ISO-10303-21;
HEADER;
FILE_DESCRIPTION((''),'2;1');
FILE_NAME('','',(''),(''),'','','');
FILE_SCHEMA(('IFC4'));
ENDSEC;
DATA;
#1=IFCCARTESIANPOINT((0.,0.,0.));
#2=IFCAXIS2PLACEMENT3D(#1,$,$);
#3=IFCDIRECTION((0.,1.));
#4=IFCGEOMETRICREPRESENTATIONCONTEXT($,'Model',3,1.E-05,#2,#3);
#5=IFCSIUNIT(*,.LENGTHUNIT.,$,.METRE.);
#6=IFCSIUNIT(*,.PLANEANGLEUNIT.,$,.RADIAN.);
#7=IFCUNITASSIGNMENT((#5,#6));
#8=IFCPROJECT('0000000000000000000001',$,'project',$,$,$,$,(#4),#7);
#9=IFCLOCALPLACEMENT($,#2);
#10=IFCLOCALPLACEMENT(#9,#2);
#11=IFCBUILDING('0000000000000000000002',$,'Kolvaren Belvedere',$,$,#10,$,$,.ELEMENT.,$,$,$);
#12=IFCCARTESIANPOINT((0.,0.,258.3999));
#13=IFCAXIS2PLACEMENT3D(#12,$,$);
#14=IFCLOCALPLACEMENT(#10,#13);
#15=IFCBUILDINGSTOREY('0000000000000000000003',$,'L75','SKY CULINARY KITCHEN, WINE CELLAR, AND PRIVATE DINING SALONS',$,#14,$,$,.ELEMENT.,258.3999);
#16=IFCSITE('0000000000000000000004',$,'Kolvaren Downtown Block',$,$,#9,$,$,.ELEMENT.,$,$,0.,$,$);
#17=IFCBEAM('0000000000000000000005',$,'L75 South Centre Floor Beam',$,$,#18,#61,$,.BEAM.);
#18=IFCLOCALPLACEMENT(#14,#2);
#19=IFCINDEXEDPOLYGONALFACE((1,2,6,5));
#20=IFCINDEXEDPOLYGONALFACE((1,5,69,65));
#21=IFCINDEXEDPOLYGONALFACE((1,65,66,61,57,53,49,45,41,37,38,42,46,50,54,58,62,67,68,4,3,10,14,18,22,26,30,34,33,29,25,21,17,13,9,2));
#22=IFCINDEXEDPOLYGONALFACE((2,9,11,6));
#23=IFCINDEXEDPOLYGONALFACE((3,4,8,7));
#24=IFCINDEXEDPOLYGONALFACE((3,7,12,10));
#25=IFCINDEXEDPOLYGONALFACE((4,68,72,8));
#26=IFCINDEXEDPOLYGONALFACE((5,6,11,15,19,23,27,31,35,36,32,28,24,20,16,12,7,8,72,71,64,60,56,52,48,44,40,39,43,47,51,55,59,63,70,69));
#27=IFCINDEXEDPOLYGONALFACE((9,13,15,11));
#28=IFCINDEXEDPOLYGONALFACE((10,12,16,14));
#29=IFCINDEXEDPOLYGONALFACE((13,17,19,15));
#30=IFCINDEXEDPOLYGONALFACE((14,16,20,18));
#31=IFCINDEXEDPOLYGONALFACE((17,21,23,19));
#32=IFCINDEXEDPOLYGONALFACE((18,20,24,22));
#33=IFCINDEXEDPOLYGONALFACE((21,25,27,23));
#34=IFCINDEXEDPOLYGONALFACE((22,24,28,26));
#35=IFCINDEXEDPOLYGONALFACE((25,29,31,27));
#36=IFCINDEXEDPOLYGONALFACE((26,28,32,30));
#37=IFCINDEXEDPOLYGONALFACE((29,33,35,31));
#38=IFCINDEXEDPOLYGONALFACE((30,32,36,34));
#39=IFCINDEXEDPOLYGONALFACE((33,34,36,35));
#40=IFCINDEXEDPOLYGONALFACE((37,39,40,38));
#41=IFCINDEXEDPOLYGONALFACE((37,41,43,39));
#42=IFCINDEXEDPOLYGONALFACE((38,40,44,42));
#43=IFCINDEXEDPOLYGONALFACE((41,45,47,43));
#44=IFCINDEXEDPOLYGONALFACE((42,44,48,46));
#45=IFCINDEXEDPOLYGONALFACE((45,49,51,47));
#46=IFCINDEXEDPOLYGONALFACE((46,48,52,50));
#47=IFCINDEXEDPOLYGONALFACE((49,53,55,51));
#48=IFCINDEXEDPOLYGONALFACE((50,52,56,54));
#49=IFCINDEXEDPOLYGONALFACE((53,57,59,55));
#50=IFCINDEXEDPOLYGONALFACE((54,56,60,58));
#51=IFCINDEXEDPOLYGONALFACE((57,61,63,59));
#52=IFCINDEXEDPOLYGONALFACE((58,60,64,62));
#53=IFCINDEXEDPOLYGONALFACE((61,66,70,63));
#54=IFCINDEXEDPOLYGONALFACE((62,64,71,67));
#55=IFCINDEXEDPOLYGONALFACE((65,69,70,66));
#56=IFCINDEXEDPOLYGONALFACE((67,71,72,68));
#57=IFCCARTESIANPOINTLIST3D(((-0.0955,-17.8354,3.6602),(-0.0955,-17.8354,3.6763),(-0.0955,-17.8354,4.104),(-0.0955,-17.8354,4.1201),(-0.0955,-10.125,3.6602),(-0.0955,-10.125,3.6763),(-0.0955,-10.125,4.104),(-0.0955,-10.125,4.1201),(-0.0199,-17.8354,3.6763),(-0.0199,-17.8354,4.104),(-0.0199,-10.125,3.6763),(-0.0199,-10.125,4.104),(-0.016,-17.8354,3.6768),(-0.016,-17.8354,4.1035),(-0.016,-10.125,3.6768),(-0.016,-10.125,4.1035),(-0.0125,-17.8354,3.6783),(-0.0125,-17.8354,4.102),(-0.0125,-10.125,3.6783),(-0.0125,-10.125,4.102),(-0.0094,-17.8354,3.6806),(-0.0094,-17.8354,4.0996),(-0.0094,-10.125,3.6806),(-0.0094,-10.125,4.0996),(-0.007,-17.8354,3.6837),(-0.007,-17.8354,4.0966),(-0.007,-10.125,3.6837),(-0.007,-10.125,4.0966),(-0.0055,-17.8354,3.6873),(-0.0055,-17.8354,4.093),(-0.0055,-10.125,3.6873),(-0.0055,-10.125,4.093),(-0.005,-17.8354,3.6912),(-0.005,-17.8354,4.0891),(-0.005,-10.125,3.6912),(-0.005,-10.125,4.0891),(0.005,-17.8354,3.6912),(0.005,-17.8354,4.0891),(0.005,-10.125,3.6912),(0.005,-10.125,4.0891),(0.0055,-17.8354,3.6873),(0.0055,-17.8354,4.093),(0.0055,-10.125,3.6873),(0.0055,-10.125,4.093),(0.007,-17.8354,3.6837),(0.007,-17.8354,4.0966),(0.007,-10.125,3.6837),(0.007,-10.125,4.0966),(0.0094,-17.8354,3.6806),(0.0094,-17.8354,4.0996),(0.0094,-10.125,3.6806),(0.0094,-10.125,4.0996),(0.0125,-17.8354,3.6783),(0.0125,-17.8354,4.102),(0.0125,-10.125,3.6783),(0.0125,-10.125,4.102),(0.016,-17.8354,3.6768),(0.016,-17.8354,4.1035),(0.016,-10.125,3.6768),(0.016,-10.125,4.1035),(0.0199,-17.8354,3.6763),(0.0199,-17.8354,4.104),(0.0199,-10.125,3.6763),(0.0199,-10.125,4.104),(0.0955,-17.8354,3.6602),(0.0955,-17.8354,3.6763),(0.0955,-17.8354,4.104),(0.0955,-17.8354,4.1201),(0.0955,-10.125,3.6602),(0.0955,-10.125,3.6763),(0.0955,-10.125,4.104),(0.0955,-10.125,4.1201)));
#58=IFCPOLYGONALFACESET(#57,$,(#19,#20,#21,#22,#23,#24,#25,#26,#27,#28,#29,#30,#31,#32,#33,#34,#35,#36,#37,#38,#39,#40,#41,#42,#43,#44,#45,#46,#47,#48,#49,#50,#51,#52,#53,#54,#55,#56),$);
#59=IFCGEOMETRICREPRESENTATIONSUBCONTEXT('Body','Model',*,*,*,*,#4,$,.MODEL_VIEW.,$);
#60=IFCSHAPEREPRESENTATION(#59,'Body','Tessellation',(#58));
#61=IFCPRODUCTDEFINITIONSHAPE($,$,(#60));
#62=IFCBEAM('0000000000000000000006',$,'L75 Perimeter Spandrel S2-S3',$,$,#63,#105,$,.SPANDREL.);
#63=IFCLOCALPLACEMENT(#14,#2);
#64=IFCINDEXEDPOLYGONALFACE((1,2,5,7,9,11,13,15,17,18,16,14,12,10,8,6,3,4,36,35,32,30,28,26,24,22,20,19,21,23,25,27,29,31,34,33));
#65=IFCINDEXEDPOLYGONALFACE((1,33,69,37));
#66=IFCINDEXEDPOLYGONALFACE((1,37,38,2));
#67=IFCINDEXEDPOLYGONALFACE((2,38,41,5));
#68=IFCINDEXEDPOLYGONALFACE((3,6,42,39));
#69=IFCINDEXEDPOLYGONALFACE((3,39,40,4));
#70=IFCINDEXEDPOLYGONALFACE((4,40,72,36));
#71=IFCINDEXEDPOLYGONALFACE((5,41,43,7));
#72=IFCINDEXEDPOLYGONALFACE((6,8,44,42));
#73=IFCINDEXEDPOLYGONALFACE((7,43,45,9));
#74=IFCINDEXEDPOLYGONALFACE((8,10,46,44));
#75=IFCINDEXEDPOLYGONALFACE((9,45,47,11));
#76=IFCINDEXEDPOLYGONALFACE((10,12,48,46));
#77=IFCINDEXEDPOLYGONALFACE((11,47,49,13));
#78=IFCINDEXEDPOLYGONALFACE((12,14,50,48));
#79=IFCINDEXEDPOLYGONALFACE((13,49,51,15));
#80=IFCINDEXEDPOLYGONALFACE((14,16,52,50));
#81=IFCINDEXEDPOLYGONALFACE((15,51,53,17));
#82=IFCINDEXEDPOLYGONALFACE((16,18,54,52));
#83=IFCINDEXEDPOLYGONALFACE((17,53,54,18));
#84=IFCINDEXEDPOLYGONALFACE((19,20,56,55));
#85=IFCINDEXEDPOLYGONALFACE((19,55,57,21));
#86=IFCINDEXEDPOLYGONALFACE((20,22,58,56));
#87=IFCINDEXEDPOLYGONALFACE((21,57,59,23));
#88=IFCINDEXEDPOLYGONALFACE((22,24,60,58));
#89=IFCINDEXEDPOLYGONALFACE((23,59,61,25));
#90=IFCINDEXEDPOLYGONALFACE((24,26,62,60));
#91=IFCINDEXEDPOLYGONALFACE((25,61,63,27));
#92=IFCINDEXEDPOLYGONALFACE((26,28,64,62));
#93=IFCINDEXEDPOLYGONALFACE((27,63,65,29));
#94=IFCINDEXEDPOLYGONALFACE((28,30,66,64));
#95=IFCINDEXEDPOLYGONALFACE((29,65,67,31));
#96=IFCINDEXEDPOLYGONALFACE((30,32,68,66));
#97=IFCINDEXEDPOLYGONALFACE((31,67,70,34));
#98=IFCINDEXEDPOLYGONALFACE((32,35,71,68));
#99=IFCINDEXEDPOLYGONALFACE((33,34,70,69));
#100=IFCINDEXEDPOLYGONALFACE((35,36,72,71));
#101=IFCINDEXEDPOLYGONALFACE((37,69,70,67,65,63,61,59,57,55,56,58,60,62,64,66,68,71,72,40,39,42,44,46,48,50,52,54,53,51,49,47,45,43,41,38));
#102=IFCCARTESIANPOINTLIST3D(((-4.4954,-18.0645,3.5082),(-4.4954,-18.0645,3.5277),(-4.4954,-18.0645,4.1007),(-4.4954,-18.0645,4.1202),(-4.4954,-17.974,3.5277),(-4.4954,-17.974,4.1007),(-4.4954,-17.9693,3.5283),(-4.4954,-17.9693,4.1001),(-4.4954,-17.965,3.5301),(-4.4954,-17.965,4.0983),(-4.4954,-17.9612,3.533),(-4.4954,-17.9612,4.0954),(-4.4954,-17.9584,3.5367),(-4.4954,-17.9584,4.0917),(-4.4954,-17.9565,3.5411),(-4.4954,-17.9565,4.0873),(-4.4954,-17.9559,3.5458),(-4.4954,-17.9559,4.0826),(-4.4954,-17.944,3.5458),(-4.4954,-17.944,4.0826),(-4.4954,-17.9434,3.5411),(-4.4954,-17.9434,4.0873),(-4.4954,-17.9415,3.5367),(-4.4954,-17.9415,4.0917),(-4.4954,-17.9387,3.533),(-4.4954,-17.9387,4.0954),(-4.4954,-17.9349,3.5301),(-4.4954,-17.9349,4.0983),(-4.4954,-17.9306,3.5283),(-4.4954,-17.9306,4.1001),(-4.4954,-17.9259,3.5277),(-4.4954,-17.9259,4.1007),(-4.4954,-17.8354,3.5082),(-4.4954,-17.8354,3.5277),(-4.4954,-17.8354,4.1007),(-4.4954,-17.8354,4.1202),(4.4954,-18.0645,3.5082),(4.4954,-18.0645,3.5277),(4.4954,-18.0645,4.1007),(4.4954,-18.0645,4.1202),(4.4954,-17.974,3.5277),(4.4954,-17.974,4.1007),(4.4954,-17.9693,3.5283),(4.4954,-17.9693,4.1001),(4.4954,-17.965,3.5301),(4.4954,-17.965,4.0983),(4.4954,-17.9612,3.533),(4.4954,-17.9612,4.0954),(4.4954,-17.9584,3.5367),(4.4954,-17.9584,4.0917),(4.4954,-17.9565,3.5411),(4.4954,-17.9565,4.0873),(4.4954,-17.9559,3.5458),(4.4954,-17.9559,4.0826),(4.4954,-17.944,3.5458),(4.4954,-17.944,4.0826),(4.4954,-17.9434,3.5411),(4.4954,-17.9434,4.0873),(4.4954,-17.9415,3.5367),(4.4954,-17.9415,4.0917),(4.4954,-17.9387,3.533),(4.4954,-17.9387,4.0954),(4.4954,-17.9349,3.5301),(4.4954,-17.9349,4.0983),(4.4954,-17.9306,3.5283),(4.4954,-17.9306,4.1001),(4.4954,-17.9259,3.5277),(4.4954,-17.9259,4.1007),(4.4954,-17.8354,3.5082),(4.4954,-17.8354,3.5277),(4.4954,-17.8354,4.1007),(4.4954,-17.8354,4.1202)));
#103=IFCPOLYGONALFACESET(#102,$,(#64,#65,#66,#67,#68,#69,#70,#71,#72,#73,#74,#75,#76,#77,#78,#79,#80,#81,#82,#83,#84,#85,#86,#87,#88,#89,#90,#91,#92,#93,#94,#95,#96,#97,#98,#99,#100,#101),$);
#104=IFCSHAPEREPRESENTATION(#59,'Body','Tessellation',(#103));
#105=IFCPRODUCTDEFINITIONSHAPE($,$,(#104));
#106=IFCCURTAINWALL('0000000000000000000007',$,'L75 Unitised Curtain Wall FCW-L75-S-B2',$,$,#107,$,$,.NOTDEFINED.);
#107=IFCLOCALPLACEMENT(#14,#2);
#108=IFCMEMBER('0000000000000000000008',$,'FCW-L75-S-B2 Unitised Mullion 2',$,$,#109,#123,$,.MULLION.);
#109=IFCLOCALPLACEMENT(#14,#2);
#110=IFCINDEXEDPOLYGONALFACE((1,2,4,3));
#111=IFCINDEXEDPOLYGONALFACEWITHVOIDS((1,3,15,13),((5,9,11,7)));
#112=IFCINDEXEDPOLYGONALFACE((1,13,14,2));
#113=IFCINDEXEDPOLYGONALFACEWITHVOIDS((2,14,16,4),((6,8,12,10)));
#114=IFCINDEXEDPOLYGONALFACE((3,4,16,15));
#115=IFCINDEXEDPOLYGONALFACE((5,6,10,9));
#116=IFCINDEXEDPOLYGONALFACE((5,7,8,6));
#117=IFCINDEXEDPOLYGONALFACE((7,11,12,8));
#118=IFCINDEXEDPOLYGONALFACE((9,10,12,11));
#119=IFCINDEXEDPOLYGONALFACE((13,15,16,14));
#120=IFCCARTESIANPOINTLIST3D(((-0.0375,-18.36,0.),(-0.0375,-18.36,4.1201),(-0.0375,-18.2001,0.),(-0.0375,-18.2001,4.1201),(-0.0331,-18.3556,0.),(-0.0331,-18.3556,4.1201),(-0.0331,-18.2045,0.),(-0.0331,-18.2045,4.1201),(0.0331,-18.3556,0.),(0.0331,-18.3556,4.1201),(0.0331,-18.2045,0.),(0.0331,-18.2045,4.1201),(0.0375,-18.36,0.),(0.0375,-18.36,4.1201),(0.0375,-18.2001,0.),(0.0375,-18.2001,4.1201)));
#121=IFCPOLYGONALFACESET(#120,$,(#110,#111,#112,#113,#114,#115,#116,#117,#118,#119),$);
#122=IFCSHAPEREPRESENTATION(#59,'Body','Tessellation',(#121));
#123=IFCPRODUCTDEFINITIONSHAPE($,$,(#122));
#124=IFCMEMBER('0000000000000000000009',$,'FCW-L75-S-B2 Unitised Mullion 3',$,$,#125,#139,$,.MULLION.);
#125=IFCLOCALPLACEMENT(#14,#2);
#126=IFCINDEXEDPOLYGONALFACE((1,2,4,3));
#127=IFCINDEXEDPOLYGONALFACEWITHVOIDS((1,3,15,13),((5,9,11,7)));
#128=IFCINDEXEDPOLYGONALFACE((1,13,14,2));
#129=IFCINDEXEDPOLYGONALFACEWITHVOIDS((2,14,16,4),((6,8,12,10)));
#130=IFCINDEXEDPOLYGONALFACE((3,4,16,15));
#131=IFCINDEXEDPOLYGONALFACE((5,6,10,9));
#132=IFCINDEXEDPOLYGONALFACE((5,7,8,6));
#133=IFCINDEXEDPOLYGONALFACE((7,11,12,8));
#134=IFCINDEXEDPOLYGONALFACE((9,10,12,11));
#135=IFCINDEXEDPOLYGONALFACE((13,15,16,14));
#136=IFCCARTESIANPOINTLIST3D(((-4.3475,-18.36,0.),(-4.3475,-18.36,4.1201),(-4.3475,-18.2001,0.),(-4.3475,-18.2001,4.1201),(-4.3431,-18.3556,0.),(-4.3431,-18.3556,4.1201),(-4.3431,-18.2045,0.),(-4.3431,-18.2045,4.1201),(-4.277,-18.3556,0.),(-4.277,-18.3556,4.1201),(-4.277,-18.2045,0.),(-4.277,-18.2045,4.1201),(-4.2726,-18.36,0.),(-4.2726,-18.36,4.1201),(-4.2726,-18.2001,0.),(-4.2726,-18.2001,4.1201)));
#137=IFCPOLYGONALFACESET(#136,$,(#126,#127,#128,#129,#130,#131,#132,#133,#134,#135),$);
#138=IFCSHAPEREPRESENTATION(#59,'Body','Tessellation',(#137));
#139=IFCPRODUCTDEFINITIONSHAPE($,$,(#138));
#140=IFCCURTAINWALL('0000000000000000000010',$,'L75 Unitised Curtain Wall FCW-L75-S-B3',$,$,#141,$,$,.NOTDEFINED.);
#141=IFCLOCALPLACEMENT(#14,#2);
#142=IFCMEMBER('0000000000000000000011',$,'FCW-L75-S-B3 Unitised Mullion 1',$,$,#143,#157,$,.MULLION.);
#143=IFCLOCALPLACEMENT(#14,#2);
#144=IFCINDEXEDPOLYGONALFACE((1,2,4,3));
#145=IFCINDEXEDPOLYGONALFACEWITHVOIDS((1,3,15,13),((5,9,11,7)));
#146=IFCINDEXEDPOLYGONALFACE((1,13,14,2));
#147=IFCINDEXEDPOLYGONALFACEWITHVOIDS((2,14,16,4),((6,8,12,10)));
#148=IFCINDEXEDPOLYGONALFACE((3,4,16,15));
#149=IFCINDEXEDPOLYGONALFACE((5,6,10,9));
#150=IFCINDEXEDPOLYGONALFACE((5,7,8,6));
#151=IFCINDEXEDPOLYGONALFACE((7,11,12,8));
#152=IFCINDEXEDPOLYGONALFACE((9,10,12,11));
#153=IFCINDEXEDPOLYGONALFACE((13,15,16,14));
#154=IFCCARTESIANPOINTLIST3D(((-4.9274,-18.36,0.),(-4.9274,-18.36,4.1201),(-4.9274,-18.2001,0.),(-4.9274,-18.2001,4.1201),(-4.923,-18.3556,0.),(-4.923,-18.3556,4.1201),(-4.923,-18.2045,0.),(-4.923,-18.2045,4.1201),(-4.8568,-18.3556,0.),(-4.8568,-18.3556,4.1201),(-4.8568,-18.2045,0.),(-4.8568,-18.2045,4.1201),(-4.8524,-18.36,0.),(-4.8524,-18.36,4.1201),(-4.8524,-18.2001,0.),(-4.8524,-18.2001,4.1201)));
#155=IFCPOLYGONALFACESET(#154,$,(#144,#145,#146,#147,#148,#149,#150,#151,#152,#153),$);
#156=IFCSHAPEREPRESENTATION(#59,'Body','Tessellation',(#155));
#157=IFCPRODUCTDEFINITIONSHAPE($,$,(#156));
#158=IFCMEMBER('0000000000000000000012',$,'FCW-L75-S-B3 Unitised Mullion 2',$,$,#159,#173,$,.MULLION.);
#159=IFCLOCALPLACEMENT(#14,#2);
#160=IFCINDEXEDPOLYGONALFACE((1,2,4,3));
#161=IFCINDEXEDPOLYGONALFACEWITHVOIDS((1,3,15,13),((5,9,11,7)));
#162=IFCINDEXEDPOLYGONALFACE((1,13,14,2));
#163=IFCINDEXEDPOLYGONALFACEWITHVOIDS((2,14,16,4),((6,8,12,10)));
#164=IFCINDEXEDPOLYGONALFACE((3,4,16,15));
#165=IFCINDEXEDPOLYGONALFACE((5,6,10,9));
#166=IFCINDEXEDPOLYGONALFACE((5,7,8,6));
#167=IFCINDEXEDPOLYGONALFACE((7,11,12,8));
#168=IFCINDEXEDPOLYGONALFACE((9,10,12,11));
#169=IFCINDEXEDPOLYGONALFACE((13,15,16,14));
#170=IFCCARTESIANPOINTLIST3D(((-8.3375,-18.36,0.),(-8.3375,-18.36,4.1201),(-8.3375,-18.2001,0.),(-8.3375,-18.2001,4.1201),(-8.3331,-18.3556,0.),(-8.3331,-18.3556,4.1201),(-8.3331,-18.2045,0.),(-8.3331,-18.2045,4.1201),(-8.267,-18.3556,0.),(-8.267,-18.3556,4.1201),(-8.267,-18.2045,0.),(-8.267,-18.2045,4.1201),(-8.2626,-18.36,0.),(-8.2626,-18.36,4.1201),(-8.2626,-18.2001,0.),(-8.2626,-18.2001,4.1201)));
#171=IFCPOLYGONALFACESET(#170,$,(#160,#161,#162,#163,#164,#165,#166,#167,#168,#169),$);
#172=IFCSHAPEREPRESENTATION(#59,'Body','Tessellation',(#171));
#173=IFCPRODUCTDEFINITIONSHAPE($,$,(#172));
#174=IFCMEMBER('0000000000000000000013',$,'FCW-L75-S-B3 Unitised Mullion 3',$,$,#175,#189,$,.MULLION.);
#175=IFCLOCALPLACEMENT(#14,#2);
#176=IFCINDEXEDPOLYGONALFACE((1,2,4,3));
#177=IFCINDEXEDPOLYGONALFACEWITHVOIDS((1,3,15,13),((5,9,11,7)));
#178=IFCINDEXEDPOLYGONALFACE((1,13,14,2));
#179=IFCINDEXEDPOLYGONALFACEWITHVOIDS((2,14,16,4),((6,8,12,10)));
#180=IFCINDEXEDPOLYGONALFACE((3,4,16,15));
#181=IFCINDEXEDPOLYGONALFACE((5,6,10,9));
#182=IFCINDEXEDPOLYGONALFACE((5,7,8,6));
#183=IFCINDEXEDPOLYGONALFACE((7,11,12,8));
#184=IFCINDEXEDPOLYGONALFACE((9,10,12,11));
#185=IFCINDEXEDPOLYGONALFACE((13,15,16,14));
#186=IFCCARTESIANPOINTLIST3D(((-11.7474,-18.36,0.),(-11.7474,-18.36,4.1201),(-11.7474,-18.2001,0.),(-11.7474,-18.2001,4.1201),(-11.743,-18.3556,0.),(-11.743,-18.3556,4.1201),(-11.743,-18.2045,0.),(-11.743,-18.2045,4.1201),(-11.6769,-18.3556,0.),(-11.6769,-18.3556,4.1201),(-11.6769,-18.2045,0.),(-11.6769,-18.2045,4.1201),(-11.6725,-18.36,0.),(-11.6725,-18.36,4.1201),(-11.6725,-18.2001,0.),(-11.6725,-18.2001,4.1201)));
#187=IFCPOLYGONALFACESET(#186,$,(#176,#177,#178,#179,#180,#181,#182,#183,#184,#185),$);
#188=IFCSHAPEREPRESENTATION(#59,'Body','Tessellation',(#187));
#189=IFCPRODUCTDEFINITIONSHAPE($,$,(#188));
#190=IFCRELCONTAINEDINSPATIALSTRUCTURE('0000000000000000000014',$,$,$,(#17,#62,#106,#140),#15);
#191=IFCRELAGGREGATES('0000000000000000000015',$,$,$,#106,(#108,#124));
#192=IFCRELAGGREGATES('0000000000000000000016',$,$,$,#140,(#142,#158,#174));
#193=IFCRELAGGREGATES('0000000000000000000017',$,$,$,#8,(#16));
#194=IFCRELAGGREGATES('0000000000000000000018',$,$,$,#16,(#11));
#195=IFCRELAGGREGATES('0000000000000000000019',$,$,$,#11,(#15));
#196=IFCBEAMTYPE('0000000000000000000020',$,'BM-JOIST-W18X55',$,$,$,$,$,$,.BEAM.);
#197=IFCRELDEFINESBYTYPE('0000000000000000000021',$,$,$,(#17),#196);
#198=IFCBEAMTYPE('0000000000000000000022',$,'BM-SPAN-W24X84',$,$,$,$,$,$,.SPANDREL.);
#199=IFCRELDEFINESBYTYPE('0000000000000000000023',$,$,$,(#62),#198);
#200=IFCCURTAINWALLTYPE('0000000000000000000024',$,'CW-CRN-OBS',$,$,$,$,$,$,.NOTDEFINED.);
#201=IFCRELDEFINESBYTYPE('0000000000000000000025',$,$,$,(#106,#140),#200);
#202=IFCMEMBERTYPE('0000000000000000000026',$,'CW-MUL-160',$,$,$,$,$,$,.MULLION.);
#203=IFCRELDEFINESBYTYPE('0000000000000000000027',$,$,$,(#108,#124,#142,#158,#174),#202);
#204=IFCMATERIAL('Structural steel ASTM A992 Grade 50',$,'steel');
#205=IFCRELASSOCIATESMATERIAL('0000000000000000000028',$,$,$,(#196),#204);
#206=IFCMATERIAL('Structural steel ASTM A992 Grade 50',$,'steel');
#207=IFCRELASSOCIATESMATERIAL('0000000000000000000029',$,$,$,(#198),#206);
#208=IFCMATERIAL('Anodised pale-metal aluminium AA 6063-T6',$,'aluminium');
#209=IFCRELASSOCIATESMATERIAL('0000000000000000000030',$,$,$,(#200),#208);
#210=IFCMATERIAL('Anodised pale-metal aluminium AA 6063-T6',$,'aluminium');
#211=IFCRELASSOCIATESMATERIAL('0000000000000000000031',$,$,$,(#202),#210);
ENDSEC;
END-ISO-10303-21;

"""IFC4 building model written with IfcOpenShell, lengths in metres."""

from ifc_helpers import new_model, si_unit, direction, frame, origin, origin_2d, place, context, subcontext, project, spatial, hollow_rectangle, i_section, extrude, material, material_profile, profile_set, type_object, element, aggregate, save


model = new_model("IFC4")

# Units and contexts
model_context = context("Model", 3, precision=1e-05, world=origin(), true_north=direction((0.0, 1.0)))
body_context = subcontext(model_context, "Body", "Model", "MODEL_VIEW")
ifc_project = project(units=[si_unit("LENGTHUNIT", "METRE"), si_unit("PLANEANGLEUNIT", "RADIAN")], contexts=[model_context])

# Site, building, storey
site_placement = place(None, origin())
site = spatial("IfcSite", under=ifc_project, at=site_placement, Name="Kolvaren Downtown Block", CompositionType="ELEMENT", RefElevation=0.0)
building_placement = place(site_placement, origin())
building = spatial("IfcBuilding", under=site, at=building_placement, Name="Kolvaren Belvedere", CompositionType="ELEMENT")
storey_placement = place(building_placement, frame((0.0, 0.0, 258.3999)))
storey = spatial("IfcBuildingStorey", under=building, at=storey_placement, Name="L75", Description="SKY CULINARY KITCHEN, WINE CELLAR, AND PRIVATE DINING SALONS", CompositionType="ELEMENT", Elevation=258.3999)

# Beams
ifc_material_1 = material(Name="Structural steel ASTM A992 Grade 50", Category="steel")
ifc_material_profile_1 = material_profile(ifc_material_1, i_section(OverallWidth=0.1909, OverallDepth=0.46, WebThickness=0.01, FlangeThickness=0.0161, FilletRadius=0.0149, at=origin_2d()), Name="W18X55")
ifc_profile_set_1 = profile_set([ifc_material_profile_1], Name="Structural steel ASTM A992 Grade 50")
beam_type_1 = type_object("IfcBeamType", Name="BM-JOIST-W18X55", PredefinedType="BEAM", material=ifc_profile_set_1)
beam_1_placement = place(storey_placement, frame((0.0, -10.125, 3.8901), z_axis=(0.0, -1.0, 0.0), x_axis=(1.0, 0.0, 0.0)))
element("IfcBeam", 1, at=beam_1_placement, inside=storey, type_object=beam_type_1, Name="L75 South Centre Floor Beam", PredefinedType="BEAM", context=body_context, shape_type="SweptSolid", body=[
    extrude(i_section(OverallWidth=0.1909, OverallDepth=0.46, WebThickness=0.01, FlangeThickness=0.0161, FilletRadius=0.0149, at=origin_2d()), origin(), (0.0, 0.0, 1.0), 7.7104),
])
ifc_material_2 = material(Name="Structural steel ASTM A992 Grade 50", Category="steel")
ifc_material_profile_2 = material_profile(ifc_material_2, i_section(OverallWidth=0.229, OverallDepth=0.6121, WebThickness=0.012, FlangeThickness=0.0195, FilletRadius=0.0181, at=origin_2d()), Name="W24X84")
ifc_profile_set_2 = profile_set([ifc_material_profile_2], Name="Structural steel ASTM A992 Grade 50")
beam_type_2 = type_object("IfcBeamType", Name="BM-SPAN-W24X84", PredefinedType="SPANDREL", material=ifc_profile_set_2)
beam_2_placement = place(storey_placement, frame((-4.4954, -17.95, 3.8142), z_axis=(1.0, 0.0, 0.0), x_axis=(0.0, 1.0, 0.0)))
element("IfcBeam", 2, at=beam_2_placement, inside=storey, type_object=beam_type_2, Name="L75 Perimeter Spandrel S2-S3", PredefinedType="SPANDREL", context=body_context, shape_type="SweptSolid", body=[
    extrude(i_section(OverallWidth=0.229, OverallDepth=0.6121, WebThickness=0.012, FlangeThickness=0.0195, FilletRadius=0.0181, at=origin_2d()), origin(), (0.0, 0.0, 1.0), 8.9907),
])

# Curtain walls, members
ifc_material_3 = material(Name="Anodised pale-metal aluminium AA 6063-T6", Category="aluminium")
curtain_wall_type = type_object("IfcCurtainWallType", Name="CW-CRN-OBS", PredefinedType="NOTDEFINED", material=ifc_material_3)
curtain_wall_1_placement = place(storey_placement, origin())
curtain_wall_1 = element("IfcCurtainWall", 3, at=curtain_wall_1_placement, inside=storey, type_object=curtain_wall_type, Name="L75 Unitised Curtain Wall FCW-L75-S-B2", PredefinedType="NOTDEFINED")
ifc_material_4 = material(Name="Anodised pale-metal aluminium AA 6063-T6", Category="aluminium")
ifc_material_profile_3 = material_profile(ifc_material_4, hollow_rectangle(XDim=0.075, YDim=0.1599, WallThickness=0.0044, at=origin_2d()), Name="ALU-MUL-160X75")
ifc_profile_set_3 = profile_set([ifc_material_profile_3], Name="Anodised pale-metal aluminium AA 6063-T6")
member_type_1 = type_object("IfcMemberType", Name="CW-MUL-160", PredefinedType="MULLION", material=ifc_profile_set_3)
member_1_placement = place(storey_placement, frame((0.0, -18.28, 0.0), z_axis=(0.0, 0.0, 1.0), x_axis=(1.0, 0.0, 0.0)))
member_1 = element("IfcMember", 4, at=member_1_placement, type_object=member_type_1, Name="FCW-L75-S-B2 Unitised Mullion 2", PredefinedType="MULLION", context=body_context, shape_type="SweptSolid", body=[
    extrude(hollow_rectangle(XDim=0.075, YDim=0.1599, WallThickness=0.0044, at=origin_2d()), origin(), (0.0, 0.0, 1.0), 4.1201),
])
member_2_placement = place(storey_placement, frame((-4.3101, -18.28, 0.0), z_axis=(0.0, 0.0, 1.0), x_axis=(1.0, 0.0, 0.0)))
member_2 = element("IfcMember", 5, at=member_2_placement, type_object=member_type_1, Name="FCW-L75-S-B2 Unitised Mullion 3", PredefinedType="MULLION", context=body_context, shape_type="SweptSolid", body=[
    extrude(hollow_rectangle(XDim=0.075, YDim=0.1599, WallThickness=0.0044, at=origin_2d()), origin(), (0.0, 0.0, 1.0), 4.1201),
])
curtain_wall_2_placement = place(storey_placement, origin())
curtain_wall_2 = element("IfcCurtainWall", 6, at=curtain_wall_2_placement, inside=storey, type_object=curtain_wall_type, Name="L75 Unitised Curtain Wall FCW-L75-S-B3", PredefinedType="NOTDEFINED")
member_3_placement = place(storey_placement, frame((-4.8899, -18.28, 0.0), z_axis=(0.0, 0.0, 1.0), x_axis=(1.0, 0.0, 0.0)))
member_3 = element("IfcMember", 7, at=member_3_placement, type_object=member_type_1, Name="FCW-L75-S-B3 Unitised Mullion 1", PredefinedType="MULLION", context=body_context, shape_type="SweptSolid", body=[
    extrude(hollow_rectangle(XDim=0.075, YDim=0.1599, WallThickness=0.0044, at=origin_2d()), origin(), (0.0, 0.0, 1.0), 4.1201),
])
member_4_placement = place(storey_placement, frame((-8.3, -18.28, 0.0), z_axis=(0.0, 0.0, 1.0), x_axis=(1.0, 0.0, 0.0)))
member_4 = element("IfcMember", 8, at=member_4_placement, type_object=member_type_1, Name="FCW-L75-S-B3 Unitised Mullion 2", PredefinedType="MULLION", context=body_context, shape_type="SweptSolid", body=[
    extrude(hollow_rectangle(XDim=0.075, YDim=0.1599, WallThickness=0.0044, at=origin_2d()), origin(), (0.0, 0.0, 1.0), 4.1201),
])
member_5_placement = place(storey_placement, frame((-11.71, -18.28, 0.0), z_axis=(0.0, 0.0, 1.0), x_axis=(1.0, 0.0, 0.0)))
member_5 = element("IfcMember", 9, at=member_5_placement, type_object=member_type_1, Name="FCW-L75-S-B3 Unitised Mullion 3", PredefinedType="MULLION", context=body_context, shape_type="SweptSolid", body=[
    extrude(hollow_rectangle(XDim=0.075, YDim=0.1599, WallThickness=0.0044, at=origin_2d()), origin(), (0.0, 0.0, 1.0), 4.1201),
])

aggregate(curtain_wall_1, [member_1, member_2])
aggregate(curtain_wall_2, [member_3, member_4, member_5])

save(model, "model.ifc")
